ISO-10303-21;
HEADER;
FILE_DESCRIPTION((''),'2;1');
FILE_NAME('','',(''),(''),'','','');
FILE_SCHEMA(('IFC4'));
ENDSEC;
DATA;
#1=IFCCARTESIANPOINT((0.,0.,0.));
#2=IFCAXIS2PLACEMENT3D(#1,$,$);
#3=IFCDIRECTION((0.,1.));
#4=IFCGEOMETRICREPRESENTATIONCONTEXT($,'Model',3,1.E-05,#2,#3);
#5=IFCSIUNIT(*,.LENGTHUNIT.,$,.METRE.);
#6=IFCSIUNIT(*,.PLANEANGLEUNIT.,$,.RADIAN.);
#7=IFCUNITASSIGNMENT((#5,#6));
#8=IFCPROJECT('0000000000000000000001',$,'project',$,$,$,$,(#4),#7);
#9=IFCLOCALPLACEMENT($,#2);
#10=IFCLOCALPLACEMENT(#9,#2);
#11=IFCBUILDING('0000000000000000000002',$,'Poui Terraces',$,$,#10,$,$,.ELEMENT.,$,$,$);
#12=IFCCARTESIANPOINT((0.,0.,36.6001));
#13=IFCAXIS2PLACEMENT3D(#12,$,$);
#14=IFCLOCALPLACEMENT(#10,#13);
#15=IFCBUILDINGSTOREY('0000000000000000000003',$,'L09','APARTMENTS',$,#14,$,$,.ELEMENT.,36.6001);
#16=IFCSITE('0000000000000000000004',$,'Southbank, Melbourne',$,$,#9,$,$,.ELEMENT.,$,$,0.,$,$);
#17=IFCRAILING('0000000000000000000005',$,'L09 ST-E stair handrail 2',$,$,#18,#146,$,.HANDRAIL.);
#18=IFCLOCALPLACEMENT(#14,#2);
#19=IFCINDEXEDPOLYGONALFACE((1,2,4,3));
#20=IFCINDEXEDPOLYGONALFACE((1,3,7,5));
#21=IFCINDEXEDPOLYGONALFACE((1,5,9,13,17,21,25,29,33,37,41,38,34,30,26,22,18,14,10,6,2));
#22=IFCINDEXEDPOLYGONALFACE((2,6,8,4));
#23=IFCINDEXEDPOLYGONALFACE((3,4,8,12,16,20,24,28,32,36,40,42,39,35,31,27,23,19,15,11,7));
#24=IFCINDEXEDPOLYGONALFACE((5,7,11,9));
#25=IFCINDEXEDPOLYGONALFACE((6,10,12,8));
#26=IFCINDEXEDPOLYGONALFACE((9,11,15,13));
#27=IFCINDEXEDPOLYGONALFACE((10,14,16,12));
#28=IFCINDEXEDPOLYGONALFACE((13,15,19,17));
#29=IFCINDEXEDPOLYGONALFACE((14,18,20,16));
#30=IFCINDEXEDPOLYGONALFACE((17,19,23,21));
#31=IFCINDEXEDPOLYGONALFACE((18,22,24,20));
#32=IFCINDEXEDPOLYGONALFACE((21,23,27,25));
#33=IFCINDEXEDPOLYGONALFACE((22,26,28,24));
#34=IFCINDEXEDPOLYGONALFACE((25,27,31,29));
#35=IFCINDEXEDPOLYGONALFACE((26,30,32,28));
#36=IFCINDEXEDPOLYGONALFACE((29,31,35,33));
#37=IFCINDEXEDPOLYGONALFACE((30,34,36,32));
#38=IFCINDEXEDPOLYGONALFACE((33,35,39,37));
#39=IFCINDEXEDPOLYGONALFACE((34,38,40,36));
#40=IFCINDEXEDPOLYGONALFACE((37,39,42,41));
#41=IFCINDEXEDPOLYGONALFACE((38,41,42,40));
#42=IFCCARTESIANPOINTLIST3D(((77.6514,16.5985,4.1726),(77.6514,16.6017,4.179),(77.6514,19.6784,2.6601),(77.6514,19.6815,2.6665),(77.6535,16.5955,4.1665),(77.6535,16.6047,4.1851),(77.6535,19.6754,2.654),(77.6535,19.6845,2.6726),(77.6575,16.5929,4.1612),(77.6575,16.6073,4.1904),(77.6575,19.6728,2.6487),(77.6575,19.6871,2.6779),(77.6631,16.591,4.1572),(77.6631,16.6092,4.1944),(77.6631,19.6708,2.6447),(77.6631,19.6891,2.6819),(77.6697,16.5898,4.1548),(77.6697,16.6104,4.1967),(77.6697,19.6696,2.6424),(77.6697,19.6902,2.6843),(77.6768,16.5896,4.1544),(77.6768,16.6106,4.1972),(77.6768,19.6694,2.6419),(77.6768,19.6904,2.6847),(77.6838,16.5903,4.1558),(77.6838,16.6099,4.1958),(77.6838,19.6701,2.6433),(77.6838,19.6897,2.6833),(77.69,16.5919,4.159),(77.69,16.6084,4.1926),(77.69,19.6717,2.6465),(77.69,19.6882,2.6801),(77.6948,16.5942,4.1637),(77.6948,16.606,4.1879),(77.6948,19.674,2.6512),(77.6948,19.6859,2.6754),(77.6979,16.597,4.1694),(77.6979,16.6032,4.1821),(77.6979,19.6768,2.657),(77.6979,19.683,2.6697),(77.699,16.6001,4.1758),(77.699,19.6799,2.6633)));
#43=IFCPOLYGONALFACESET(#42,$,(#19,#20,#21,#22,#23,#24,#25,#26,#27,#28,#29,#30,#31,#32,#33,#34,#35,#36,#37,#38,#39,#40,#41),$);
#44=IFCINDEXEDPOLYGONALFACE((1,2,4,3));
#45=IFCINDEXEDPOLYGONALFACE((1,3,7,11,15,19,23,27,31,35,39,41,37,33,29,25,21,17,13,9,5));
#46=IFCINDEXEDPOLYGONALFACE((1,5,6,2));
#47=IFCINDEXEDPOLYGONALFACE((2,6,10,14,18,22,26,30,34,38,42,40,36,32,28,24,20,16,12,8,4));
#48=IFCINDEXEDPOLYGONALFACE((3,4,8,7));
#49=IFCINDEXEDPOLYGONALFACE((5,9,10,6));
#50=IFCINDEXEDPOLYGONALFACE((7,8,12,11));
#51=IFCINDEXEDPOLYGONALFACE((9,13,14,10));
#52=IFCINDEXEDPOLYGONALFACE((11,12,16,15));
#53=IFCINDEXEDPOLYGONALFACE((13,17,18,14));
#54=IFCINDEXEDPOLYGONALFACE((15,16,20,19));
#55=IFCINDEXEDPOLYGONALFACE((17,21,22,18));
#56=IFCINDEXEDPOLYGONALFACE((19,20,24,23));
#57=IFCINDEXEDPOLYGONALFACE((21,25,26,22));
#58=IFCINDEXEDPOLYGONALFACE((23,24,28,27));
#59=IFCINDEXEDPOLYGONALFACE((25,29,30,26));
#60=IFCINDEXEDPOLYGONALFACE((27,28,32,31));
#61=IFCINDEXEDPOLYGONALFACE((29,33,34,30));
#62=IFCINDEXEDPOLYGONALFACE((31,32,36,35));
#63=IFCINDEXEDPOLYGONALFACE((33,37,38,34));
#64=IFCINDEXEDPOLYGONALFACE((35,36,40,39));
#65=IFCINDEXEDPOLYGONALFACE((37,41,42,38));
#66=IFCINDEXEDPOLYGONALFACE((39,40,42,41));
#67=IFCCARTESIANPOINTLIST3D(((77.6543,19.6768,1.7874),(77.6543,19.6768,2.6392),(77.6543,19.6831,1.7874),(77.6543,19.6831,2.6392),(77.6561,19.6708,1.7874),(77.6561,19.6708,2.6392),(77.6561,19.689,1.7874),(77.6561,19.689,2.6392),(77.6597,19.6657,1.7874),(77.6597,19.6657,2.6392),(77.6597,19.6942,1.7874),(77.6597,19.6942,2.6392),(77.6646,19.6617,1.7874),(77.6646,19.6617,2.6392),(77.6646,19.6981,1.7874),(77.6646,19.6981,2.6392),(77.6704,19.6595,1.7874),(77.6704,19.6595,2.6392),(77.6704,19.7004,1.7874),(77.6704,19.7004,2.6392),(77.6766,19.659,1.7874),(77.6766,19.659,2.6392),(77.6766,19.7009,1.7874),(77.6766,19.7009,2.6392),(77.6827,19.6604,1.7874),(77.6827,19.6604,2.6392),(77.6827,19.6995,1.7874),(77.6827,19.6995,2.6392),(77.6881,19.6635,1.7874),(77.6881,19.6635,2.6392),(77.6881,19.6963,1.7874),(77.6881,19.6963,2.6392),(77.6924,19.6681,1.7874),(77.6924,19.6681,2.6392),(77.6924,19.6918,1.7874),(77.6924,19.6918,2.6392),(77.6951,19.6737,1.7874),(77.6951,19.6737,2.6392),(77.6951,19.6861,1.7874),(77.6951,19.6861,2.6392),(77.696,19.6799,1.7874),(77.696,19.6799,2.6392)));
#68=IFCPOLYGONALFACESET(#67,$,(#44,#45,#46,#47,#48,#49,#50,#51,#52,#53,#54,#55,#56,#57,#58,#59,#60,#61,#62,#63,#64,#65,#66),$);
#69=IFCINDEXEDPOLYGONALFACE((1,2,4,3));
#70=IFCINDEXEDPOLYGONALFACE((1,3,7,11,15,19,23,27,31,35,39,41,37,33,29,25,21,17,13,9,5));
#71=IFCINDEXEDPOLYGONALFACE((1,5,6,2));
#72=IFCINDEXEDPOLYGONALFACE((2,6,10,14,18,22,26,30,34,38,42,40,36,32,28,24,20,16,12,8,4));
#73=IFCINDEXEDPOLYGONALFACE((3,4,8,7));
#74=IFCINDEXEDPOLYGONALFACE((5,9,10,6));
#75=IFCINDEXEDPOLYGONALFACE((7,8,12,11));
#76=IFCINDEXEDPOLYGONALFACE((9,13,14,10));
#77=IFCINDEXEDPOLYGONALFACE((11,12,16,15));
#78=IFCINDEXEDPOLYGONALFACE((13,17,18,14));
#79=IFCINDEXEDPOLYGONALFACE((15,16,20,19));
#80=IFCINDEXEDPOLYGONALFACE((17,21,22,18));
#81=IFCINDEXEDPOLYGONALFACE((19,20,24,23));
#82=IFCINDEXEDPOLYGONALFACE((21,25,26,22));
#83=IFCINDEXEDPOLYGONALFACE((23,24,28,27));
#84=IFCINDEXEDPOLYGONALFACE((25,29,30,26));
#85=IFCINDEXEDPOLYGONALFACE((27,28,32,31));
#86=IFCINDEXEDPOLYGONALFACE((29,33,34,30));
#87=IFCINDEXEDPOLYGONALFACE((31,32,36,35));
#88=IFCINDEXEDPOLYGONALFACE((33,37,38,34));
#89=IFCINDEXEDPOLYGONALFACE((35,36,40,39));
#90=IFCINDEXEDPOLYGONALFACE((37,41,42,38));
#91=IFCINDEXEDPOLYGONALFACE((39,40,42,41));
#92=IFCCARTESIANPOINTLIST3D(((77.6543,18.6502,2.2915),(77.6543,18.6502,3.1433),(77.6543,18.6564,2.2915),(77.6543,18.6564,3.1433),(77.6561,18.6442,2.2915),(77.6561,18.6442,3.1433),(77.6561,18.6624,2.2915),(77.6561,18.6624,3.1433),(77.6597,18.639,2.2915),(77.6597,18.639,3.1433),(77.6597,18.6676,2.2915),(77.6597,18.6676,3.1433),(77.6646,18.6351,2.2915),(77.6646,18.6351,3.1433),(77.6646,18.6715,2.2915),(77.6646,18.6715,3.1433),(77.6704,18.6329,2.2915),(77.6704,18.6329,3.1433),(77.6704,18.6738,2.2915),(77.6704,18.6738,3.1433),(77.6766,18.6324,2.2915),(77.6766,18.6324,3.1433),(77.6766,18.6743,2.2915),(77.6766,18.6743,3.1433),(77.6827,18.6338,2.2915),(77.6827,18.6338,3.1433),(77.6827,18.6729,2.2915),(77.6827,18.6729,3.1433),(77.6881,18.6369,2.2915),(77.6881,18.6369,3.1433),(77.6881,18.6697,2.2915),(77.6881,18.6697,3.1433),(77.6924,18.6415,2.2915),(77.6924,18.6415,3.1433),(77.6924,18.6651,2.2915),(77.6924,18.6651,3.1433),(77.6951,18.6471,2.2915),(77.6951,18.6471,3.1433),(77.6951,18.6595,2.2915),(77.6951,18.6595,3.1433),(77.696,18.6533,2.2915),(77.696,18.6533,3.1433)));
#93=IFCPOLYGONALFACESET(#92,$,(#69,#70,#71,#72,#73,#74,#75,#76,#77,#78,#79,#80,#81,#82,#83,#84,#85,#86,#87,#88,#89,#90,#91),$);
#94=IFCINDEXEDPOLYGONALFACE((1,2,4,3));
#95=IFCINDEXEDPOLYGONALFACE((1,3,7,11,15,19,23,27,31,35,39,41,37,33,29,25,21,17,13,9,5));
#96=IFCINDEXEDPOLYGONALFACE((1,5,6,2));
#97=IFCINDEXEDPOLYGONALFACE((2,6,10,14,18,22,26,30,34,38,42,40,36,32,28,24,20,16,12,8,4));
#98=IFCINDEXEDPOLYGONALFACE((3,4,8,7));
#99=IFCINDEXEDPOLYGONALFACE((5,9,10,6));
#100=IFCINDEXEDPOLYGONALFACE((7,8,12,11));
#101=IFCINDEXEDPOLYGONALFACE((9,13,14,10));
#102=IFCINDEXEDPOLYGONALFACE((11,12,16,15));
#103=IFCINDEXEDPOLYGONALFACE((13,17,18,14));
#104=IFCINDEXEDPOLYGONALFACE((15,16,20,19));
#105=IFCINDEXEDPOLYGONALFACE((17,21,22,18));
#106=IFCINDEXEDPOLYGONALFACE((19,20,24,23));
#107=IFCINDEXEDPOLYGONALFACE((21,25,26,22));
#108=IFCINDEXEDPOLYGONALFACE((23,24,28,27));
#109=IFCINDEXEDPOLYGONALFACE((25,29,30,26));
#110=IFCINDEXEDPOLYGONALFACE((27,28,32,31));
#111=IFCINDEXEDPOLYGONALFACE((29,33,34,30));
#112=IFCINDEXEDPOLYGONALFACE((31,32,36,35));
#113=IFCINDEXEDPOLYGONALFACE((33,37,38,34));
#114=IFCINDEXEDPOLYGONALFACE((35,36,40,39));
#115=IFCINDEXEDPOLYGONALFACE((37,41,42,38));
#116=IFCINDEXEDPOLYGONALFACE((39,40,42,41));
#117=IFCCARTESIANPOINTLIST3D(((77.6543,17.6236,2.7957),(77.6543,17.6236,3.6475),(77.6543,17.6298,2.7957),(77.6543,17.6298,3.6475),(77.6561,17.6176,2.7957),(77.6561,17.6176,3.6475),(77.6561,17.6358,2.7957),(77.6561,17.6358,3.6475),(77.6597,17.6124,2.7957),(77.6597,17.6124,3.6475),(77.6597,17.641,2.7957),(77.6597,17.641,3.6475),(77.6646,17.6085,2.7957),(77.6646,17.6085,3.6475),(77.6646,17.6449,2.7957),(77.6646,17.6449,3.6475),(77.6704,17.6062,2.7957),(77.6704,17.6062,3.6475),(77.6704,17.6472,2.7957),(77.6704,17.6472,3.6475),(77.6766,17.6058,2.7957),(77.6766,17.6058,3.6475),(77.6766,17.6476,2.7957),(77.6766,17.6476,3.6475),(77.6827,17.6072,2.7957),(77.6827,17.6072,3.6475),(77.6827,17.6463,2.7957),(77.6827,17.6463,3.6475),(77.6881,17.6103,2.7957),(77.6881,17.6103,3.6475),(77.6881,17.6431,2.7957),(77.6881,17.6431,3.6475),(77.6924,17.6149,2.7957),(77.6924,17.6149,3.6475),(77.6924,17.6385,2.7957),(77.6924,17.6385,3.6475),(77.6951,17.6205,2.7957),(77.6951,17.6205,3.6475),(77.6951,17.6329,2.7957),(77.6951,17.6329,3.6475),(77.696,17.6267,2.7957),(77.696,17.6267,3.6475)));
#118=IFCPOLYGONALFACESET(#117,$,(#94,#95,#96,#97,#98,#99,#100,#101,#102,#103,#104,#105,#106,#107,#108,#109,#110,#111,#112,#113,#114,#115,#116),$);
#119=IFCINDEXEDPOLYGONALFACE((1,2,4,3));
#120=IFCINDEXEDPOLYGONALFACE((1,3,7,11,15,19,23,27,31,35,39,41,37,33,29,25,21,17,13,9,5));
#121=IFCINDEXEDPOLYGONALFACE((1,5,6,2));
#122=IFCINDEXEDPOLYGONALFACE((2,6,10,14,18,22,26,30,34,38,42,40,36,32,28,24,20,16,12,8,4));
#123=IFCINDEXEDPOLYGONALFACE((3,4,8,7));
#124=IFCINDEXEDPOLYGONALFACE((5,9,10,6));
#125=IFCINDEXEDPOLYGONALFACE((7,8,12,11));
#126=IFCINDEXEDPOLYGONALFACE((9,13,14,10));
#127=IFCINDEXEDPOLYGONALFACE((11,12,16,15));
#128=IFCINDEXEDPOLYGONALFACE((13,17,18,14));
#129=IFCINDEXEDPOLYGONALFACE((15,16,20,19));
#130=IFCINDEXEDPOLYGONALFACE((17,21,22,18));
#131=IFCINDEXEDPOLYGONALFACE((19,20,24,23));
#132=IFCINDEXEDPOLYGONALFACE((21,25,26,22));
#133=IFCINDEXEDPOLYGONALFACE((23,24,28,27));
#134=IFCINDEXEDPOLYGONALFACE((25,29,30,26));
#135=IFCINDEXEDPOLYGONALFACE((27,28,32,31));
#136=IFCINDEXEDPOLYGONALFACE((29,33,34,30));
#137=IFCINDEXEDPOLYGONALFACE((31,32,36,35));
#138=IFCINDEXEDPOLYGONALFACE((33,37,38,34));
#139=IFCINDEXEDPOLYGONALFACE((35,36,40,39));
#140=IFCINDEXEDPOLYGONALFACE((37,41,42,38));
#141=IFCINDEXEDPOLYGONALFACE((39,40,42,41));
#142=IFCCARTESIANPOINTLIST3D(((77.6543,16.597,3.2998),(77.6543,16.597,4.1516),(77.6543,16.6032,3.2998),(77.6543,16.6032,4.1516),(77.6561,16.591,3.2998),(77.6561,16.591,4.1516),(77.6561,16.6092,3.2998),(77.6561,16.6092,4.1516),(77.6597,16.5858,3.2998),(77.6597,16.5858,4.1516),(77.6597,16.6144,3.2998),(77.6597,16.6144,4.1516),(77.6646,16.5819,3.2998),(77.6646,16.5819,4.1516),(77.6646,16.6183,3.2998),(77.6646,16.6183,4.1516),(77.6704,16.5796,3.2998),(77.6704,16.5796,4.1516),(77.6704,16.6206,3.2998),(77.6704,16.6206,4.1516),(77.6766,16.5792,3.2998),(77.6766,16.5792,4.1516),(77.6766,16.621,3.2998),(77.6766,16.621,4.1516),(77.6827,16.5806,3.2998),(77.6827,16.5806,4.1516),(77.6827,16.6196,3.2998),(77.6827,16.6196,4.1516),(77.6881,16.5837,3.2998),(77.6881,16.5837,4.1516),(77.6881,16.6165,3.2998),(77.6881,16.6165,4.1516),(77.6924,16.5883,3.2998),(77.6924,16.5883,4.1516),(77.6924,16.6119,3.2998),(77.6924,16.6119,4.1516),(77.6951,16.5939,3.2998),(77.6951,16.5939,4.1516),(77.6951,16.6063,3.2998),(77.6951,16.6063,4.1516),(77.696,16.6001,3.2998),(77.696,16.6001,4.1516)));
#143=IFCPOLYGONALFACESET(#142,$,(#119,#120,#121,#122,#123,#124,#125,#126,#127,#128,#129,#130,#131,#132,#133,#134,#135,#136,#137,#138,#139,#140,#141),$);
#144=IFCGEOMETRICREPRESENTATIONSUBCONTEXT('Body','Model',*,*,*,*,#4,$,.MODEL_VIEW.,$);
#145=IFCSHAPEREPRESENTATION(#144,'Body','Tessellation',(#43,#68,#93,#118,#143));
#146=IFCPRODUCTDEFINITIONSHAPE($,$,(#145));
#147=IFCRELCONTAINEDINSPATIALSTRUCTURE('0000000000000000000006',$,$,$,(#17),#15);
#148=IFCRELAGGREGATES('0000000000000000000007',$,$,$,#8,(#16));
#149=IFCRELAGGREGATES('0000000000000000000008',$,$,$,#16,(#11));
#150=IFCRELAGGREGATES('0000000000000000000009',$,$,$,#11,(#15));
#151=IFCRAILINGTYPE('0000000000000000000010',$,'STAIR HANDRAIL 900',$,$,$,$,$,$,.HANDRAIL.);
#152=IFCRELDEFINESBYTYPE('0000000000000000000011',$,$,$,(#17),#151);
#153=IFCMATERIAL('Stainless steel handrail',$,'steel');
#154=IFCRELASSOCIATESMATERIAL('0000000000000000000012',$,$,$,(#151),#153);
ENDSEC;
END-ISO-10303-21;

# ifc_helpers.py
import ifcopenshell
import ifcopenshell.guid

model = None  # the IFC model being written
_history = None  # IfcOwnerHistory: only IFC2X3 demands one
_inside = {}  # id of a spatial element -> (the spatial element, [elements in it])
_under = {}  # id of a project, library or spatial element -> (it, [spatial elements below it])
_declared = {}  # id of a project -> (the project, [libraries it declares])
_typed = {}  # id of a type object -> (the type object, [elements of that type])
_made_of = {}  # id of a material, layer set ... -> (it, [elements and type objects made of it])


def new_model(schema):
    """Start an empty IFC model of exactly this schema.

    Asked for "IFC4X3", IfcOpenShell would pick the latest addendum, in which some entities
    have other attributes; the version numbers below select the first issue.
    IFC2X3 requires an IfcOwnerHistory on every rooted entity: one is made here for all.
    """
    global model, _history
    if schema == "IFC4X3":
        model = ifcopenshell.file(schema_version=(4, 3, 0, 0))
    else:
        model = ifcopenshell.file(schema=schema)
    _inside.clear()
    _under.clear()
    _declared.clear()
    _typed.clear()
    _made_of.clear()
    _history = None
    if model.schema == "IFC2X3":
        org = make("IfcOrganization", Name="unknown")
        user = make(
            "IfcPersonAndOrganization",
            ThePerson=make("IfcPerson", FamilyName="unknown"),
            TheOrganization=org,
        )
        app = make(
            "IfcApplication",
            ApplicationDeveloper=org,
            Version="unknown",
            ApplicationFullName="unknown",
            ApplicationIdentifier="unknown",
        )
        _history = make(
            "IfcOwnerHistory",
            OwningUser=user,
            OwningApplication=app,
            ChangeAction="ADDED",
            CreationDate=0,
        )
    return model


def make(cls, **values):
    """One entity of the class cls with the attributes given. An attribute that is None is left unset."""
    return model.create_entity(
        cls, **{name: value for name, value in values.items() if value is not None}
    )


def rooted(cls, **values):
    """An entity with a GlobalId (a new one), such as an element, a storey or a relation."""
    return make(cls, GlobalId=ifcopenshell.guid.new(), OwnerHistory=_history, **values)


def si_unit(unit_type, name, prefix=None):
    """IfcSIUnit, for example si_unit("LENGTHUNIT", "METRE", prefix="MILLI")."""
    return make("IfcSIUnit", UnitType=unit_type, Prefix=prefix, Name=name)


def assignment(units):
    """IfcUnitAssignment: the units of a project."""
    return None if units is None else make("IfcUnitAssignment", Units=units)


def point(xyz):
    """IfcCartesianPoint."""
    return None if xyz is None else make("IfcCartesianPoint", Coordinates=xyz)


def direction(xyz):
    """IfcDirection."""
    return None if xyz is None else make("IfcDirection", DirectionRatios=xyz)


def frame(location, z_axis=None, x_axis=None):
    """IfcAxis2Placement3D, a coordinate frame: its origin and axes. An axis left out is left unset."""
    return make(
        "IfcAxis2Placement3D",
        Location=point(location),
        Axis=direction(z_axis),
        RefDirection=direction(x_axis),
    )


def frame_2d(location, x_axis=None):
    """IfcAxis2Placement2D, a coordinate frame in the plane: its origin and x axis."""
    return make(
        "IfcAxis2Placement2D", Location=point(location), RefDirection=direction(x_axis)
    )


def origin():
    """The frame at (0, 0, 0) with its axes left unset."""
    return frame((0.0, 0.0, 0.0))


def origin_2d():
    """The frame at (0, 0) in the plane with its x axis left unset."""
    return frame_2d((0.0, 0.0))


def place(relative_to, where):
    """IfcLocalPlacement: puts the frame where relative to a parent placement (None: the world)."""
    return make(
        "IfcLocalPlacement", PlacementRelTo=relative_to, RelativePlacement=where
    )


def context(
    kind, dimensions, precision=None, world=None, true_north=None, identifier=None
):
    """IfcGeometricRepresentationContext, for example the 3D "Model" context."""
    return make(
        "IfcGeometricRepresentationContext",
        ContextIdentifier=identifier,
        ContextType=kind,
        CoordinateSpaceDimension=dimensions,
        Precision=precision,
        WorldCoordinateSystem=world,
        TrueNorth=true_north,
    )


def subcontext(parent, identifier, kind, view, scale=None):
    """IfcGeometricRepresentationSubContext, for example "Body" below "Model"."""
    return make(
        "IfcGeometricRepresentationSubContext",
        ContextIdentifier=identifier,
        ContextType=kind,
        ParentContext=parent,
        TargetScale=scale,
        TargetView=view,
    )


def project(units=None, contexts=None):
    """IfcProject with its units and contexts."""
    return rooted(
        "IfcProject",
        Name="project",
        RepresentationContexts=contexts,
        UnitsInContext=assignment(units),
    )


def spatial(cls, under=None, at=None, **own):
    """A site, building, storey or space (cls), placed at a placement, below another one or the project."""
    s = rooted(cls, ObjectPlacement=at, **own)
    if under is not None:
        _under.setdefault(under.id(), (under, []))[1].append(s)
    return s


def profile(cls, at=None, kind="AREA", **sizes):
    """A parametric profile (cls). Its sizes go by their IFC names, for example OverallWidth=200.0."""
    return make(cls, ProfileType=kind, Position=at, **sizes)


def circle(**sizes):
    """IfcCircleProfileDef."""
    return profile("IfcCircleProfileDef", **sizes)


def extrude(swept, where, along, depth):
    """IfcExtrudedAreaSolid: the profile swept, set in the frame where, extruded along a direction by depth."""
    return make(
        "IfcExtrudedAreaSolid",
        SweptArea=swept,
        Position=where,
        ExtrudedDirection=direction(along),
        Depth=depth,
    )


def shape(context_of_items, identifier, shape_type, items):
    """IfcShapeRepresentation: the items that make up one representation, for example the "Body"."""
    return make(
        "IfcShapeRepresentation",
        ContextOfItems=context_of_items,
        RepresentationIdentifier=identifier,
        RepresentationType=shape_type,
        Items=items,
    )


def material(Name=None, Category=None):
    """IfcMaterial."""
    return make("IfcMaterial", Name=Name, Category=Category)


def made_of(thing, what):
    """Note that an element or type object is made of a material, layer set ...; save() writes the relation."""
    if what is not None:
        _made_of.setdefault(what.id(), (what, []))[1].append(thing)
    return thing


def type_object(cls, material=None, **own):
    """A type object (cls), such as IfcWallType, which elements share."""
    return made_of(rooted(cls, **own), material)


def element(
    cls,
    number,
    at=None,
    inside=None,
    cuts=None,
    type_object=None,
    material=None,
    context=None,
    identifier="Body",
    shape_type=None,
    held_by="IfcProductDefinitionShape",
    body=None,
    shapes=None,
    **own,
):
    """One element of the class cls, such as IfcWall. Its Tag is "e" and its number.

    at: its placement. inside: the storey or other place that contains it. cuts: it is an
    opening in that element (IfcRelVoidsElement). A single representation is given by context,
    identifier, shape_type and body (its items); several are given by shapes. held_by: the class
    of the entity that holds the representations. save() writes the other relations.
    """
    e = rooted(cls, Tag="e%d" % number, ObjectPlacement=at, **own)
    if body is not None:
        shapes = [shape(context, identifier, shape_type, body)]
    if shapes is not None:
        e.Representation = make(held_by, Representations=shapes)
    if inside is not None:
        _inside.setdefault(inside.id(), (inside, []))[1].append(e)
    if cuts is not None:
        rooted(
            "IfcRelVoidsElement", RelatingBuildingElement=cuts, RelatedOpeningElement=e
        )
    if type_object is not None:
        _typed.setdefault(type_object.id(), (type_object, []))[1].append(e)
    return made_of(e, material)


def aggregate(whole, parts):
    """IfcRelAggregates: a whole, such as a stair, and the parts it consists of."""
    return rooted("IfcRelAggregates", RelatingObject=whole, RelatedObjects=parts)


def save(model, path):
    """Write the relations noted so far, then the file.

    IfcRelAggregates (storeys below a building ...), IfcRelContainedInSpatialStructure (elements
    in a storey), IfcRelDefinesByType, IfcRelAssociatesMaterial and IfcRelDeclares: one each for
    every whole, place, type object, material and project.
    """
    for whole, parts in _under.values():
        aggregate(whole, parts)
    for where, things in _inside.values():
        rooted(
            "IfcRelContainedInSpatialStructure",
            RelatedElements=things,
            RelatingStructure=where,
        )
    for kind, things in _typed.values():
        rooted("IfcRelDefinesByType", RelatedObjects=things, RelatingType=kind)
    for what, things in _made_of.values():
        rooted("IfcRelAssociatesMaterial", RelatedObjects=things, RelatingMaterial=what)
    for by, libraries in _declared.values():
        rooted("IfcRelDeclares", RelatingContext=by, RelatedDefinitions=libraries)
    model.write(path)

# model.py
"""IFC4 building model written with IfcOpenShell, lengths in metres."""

from ifc_helpers import new_model, si_unit, direction, frame, origin, origin_2d, place, context, subcontext, project, spatial, circle, extrude, material, type_object, element, save


model = new_model("IFC4")

# Units and contexts
model_context = context("Model", 3, precision=1e-05, world=origin(), true_north=direction((0.0, 1.0)))
body_context = subcontext(model_context, "Body", "Model", "MODEL_VIEW")
ifc_project = project(units=[si_unit("LENGTHUNIT", "METRE"), si_unit("PLANEANGLEUNIT", "RADIAN")], contexts=[model_context])

# Site, building, storey
site_placement = place(None, origin())
site = spatial("IfcSite", under=ifc_project, at=site_placement, Name="Southbank, Melbourne", CompositionType="ELEMENT", RefElevation=0.0)
building_placement = place(site_placement, origin())
building = spatial("IfcBuilding", under=site, at=building_placement, Name="Poui Terraces", CompositionType="ELEMENT")
storey_placement = place(building_placement, frame((0.0, 0.0, 36.6001)))
storey = spatial("IfcBuildingStorey", under=building, at=storey_placement, Name="L09", Description="APARTMENTS", CompositionType="ELEMENT", Elevation=36.6001)

# Railing
ifc_material_1 = material(Name="Stainless steel handrail", Category="steel")
railing_type_1 = type_object("IfcRailingType", Name="STAIR HANDRAIL 900", PredefinedType="HANDRAIL", material=ifc_material_1)
railing_1_placement = place(storey_placement, frame((77.675, 19.6799, 1.7874)))
element("IfcRailing", 1, at=railing_1_placement, inside=storey, type_object=railing_type_1, Name="L09 ST-E stair handrail 2", PredefinedType="HANDRAIL", context=body_context, shape_type="SweptSolid", body=[
    extrude(circle(Radius=0.0239, at=origin_2d()), frame((0.0, 0.0, 0.876), z_axis=(0.0, -0.897606, 0.440798), x_axis=(1.0, 0.0, 0.0)), (0.0, 0.0, 1.0), 3.4312),
    extrude(circle(Radius=0.021, at=origin_2d()), origin(), (0.0, 0.0, 1.0), 0.8518),
    extrude(circle(Radius=0.021, at=origin_2d()), frame((0.0, -1.0266, 0.5042)), (0.0, 0.0, 1.0), 0.8518),
    extrude(circle(Radius=0.021, at=origin_2d()), frame((0.0, -2.0532, 1.0083)), (0.0, 0.0, 1.0), 0.8518),
    extrude(circle(Radius=0.021, at=origin_2d()), frame((0.0, -3.0798, 1.5125)), (0.0, 0.0, 1.0), 0.8518),
])

save(model, "model.ifc")
